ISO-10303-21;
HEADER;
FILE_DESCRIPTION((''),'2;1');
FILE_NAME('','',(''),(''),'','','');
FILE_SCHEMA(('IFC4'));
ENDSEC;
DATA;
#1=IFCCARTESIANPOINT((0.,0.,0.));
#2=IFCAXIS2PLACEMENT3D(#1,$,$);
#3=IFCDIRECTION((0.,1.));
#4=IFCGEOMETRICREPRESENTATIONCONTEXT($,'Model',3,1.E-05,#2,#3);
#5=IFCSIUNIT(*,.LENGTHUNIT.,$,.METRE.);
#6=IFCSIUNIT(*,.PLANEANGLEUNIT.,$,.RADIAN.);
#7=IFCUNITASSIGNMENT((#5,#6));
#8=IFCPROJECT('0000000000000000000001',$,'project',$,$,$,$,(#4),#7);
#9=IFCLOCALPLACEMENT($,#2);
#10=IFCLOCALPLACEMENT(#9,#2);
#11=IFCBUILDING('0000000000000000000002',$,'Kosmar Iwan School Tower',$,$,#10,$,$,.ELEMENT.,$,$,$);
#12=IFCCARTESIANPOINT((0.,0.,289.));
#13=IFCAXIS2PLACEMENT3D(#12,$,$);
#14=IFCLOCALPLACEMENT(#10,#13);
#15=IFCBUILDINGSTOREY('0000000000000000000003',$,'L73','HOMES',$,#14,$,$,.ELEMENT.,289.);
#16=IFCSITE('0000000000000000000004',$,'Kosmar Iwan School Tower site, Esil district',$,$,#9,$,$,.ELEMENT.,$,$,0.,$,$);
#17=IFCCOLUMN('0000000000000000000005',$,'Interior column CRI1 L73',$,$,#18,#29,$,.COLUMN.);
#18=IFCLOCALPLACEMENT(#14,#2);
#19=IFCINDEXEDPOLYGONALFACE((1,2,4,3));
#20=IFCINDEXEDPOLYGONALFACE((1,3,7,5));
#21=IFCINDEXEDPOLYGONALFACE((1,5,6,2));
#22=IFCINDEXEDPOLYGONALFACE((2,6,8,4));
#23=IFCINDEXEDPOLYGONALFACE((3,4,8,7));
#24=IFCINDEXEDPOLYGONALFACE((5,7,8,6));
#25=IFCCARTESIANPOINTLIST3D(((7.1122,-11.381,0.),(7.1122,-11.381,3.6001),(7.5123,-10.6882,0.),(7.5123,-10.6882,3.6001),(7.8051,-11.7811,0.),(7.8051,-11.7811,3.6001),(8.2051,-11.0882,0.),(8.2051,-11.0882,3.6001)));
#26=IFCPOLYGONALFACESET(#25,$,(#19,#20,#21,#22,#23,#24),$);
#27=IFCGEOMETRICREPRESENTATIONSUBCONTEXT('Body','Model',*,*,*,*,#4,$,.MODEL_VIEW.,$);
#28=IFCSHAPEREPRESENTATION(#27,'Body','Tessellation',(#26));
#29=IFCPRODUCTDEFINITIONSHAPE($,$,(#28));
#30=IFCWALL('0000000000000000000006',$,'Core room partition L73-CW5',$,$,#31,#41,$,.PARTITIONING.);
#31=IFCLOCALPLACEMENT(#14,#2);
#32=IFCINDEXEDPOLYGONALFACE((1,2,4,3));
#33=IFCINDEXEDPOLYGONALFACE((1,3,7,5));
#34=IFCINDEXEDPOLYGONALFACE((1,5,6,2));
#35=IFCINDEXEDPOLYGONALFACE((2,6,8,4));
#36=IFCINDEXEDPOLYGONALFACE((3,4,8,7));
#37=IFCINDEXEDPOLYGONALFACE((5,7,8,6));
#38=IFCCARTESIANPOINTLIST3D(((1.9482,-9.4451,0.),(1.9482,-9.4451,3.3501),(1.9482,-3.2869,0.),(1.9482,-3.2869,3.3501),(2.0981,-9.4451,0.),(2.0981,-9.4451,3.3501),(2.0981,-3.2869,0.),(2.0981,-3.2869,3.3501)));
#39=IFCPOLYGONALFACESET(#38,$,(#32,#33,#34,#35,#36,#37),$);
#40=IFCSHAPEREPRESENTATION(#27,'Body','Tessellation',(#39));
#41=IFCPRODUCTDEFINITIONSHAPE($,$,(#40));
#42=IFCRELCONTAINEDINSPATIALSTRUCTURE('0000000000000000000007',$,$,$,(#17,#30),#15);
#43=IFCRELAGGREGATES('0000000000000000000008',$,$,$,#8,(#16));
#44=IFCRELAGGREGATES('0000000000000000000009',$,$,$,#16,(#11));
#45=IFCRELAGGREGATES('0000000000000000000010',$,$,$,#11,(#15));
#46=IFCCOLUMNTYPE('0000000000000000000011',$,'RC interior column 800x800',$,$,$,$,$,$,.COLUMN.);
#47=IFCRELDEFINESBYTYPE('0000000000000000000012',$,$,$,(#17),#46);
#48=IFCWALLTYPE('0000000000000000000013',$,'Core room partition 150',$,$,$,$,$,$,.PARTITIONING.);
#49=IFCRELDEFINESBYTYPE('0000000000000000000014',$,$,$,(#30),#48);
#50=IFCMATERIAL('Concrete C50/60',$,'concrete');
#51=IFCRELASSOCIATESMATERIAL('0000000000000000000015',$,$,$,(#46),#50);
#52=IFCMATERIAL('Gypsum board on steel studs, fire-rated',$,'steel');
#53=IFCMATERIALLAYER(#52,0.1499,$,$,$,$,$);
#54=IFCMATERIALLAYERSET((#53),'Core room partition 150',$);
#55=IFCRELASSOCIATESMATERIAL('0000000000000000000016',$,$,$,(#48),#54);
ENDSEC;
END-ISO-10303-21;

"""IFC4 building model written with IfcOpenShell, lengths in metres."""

from ifc_helpers import new_model, si_unit, direction, frame, frame_2d, origin, origin_2d, place, context, subcontext, project, spatial, rectangle, extrude, material, layer, layer_set, material_profile, profile_set, type_object, element, save


model = new_model("IFC4")

# Units and contexts
model_context = context("Model", 3, precision=1e-05, world=origin(), true_north=direction((0.0, 1.0)))
body_context = subcontext(model_context, "Body", "Model", "MODEL_VIEW")
ifc_project = project(units=[si_unit("LENGTHUNIT", "METRE"), si_unit("PLANEANGLEUNIT", "RADIAN")], contexts=[model_context])

# Site, building, storey
site_placement = place(None, origin())
site = spatial("IfcSite", under=ifc_project, at=site_placement, Name="Kosmar Iwan School Tower site, Esil district", CompositionType="ELEMENT", RefElevation=0.0)
building_placement = place(site_placement, origin())
building = spatial("IfcBuilding", under=site, at=building_placement, Name="Kosmar Iwan School Tower", CompositionType="ELEMENT")
storey_placement = place(building_placement, frame((0.0, 0.0, 289.0)))
storey = spatial("IfcBuildingStorey", under=building, at=storey_placement, Name="L73", Description="HOMES", CompositionType="ELEMENT", Elevation=289.0)

# Column
ifc_material_1 = material(Name="Concrete C50/60", Category="concrete")
ifc_material_profile = material_profile(ifc_material_1, rectangle(XDim=0.8, YDim=0.8, at=origin_2d()), Name="RC 800x800")
ifc_profile_set = profile_set([ifc_material_profile], Name="Concrete C50/60")
column_type = type_object("IfcColumnType", Name="RC interior column 800x800", PredefinedType="COLUMN", material=ifc_profile_set)
column_placement = place(storey_placement, frame((7.6587, -11.2346, 0.0), z_axis=(0.0, 0.0, 1.0), x_axis=(0.866025, -0.5, 0.0)))
element("IfcColumn", 1, at=column_placement, inside=storey, type_object=column_type, Name="Interior column CRI1 L73", PredefinedType="COLUMN", context=body_context, shape_type="SweptSolid", body=[
    extrude(rectangle(XDim=0.8, YDim=0.8, at=origin_2d()), origin(), (0.0, 0.0, 1.0), 3.6001),
])

# Wall
ifc_material_2 = material(Name="Gypsum board on steel studs, fire-rated", Category="steel")
ifc_layer_1 = layer(ifc_material_2, 0.1499)
ifc_layer_set_1 = layer_set([ifc_layer_1], Name="Core room partition 150")
wall_type_1 = type_object("IfcWallType", Name="Core room partition 150", PredefinedType="PARTITIONING", material=ifc_layer_set_1)
wall_1_placement = place(storey_placement, frame((2.0232, -9.4451, 0.0), z_axis=(0.0, 0.0, 1.0), x_axis=(0.0, 1.0, 0.0)))
element("IfcWall", 2, at=wall_1_placement, inside=storey, type_object=wall_type_1, Name="Core room partition L73-CW5", PredefinedType="PARTITIONING", context=body_context, shape_type="SweptSolid", body=[
    extrude(rectangle(XDim=6.1582, YDim=0.1499, at=frame_2d((3.0791, 0.0))), origin(), (0.0, 0.0, 1.0), 3.3501),
])

save(model, "model.ifc")
